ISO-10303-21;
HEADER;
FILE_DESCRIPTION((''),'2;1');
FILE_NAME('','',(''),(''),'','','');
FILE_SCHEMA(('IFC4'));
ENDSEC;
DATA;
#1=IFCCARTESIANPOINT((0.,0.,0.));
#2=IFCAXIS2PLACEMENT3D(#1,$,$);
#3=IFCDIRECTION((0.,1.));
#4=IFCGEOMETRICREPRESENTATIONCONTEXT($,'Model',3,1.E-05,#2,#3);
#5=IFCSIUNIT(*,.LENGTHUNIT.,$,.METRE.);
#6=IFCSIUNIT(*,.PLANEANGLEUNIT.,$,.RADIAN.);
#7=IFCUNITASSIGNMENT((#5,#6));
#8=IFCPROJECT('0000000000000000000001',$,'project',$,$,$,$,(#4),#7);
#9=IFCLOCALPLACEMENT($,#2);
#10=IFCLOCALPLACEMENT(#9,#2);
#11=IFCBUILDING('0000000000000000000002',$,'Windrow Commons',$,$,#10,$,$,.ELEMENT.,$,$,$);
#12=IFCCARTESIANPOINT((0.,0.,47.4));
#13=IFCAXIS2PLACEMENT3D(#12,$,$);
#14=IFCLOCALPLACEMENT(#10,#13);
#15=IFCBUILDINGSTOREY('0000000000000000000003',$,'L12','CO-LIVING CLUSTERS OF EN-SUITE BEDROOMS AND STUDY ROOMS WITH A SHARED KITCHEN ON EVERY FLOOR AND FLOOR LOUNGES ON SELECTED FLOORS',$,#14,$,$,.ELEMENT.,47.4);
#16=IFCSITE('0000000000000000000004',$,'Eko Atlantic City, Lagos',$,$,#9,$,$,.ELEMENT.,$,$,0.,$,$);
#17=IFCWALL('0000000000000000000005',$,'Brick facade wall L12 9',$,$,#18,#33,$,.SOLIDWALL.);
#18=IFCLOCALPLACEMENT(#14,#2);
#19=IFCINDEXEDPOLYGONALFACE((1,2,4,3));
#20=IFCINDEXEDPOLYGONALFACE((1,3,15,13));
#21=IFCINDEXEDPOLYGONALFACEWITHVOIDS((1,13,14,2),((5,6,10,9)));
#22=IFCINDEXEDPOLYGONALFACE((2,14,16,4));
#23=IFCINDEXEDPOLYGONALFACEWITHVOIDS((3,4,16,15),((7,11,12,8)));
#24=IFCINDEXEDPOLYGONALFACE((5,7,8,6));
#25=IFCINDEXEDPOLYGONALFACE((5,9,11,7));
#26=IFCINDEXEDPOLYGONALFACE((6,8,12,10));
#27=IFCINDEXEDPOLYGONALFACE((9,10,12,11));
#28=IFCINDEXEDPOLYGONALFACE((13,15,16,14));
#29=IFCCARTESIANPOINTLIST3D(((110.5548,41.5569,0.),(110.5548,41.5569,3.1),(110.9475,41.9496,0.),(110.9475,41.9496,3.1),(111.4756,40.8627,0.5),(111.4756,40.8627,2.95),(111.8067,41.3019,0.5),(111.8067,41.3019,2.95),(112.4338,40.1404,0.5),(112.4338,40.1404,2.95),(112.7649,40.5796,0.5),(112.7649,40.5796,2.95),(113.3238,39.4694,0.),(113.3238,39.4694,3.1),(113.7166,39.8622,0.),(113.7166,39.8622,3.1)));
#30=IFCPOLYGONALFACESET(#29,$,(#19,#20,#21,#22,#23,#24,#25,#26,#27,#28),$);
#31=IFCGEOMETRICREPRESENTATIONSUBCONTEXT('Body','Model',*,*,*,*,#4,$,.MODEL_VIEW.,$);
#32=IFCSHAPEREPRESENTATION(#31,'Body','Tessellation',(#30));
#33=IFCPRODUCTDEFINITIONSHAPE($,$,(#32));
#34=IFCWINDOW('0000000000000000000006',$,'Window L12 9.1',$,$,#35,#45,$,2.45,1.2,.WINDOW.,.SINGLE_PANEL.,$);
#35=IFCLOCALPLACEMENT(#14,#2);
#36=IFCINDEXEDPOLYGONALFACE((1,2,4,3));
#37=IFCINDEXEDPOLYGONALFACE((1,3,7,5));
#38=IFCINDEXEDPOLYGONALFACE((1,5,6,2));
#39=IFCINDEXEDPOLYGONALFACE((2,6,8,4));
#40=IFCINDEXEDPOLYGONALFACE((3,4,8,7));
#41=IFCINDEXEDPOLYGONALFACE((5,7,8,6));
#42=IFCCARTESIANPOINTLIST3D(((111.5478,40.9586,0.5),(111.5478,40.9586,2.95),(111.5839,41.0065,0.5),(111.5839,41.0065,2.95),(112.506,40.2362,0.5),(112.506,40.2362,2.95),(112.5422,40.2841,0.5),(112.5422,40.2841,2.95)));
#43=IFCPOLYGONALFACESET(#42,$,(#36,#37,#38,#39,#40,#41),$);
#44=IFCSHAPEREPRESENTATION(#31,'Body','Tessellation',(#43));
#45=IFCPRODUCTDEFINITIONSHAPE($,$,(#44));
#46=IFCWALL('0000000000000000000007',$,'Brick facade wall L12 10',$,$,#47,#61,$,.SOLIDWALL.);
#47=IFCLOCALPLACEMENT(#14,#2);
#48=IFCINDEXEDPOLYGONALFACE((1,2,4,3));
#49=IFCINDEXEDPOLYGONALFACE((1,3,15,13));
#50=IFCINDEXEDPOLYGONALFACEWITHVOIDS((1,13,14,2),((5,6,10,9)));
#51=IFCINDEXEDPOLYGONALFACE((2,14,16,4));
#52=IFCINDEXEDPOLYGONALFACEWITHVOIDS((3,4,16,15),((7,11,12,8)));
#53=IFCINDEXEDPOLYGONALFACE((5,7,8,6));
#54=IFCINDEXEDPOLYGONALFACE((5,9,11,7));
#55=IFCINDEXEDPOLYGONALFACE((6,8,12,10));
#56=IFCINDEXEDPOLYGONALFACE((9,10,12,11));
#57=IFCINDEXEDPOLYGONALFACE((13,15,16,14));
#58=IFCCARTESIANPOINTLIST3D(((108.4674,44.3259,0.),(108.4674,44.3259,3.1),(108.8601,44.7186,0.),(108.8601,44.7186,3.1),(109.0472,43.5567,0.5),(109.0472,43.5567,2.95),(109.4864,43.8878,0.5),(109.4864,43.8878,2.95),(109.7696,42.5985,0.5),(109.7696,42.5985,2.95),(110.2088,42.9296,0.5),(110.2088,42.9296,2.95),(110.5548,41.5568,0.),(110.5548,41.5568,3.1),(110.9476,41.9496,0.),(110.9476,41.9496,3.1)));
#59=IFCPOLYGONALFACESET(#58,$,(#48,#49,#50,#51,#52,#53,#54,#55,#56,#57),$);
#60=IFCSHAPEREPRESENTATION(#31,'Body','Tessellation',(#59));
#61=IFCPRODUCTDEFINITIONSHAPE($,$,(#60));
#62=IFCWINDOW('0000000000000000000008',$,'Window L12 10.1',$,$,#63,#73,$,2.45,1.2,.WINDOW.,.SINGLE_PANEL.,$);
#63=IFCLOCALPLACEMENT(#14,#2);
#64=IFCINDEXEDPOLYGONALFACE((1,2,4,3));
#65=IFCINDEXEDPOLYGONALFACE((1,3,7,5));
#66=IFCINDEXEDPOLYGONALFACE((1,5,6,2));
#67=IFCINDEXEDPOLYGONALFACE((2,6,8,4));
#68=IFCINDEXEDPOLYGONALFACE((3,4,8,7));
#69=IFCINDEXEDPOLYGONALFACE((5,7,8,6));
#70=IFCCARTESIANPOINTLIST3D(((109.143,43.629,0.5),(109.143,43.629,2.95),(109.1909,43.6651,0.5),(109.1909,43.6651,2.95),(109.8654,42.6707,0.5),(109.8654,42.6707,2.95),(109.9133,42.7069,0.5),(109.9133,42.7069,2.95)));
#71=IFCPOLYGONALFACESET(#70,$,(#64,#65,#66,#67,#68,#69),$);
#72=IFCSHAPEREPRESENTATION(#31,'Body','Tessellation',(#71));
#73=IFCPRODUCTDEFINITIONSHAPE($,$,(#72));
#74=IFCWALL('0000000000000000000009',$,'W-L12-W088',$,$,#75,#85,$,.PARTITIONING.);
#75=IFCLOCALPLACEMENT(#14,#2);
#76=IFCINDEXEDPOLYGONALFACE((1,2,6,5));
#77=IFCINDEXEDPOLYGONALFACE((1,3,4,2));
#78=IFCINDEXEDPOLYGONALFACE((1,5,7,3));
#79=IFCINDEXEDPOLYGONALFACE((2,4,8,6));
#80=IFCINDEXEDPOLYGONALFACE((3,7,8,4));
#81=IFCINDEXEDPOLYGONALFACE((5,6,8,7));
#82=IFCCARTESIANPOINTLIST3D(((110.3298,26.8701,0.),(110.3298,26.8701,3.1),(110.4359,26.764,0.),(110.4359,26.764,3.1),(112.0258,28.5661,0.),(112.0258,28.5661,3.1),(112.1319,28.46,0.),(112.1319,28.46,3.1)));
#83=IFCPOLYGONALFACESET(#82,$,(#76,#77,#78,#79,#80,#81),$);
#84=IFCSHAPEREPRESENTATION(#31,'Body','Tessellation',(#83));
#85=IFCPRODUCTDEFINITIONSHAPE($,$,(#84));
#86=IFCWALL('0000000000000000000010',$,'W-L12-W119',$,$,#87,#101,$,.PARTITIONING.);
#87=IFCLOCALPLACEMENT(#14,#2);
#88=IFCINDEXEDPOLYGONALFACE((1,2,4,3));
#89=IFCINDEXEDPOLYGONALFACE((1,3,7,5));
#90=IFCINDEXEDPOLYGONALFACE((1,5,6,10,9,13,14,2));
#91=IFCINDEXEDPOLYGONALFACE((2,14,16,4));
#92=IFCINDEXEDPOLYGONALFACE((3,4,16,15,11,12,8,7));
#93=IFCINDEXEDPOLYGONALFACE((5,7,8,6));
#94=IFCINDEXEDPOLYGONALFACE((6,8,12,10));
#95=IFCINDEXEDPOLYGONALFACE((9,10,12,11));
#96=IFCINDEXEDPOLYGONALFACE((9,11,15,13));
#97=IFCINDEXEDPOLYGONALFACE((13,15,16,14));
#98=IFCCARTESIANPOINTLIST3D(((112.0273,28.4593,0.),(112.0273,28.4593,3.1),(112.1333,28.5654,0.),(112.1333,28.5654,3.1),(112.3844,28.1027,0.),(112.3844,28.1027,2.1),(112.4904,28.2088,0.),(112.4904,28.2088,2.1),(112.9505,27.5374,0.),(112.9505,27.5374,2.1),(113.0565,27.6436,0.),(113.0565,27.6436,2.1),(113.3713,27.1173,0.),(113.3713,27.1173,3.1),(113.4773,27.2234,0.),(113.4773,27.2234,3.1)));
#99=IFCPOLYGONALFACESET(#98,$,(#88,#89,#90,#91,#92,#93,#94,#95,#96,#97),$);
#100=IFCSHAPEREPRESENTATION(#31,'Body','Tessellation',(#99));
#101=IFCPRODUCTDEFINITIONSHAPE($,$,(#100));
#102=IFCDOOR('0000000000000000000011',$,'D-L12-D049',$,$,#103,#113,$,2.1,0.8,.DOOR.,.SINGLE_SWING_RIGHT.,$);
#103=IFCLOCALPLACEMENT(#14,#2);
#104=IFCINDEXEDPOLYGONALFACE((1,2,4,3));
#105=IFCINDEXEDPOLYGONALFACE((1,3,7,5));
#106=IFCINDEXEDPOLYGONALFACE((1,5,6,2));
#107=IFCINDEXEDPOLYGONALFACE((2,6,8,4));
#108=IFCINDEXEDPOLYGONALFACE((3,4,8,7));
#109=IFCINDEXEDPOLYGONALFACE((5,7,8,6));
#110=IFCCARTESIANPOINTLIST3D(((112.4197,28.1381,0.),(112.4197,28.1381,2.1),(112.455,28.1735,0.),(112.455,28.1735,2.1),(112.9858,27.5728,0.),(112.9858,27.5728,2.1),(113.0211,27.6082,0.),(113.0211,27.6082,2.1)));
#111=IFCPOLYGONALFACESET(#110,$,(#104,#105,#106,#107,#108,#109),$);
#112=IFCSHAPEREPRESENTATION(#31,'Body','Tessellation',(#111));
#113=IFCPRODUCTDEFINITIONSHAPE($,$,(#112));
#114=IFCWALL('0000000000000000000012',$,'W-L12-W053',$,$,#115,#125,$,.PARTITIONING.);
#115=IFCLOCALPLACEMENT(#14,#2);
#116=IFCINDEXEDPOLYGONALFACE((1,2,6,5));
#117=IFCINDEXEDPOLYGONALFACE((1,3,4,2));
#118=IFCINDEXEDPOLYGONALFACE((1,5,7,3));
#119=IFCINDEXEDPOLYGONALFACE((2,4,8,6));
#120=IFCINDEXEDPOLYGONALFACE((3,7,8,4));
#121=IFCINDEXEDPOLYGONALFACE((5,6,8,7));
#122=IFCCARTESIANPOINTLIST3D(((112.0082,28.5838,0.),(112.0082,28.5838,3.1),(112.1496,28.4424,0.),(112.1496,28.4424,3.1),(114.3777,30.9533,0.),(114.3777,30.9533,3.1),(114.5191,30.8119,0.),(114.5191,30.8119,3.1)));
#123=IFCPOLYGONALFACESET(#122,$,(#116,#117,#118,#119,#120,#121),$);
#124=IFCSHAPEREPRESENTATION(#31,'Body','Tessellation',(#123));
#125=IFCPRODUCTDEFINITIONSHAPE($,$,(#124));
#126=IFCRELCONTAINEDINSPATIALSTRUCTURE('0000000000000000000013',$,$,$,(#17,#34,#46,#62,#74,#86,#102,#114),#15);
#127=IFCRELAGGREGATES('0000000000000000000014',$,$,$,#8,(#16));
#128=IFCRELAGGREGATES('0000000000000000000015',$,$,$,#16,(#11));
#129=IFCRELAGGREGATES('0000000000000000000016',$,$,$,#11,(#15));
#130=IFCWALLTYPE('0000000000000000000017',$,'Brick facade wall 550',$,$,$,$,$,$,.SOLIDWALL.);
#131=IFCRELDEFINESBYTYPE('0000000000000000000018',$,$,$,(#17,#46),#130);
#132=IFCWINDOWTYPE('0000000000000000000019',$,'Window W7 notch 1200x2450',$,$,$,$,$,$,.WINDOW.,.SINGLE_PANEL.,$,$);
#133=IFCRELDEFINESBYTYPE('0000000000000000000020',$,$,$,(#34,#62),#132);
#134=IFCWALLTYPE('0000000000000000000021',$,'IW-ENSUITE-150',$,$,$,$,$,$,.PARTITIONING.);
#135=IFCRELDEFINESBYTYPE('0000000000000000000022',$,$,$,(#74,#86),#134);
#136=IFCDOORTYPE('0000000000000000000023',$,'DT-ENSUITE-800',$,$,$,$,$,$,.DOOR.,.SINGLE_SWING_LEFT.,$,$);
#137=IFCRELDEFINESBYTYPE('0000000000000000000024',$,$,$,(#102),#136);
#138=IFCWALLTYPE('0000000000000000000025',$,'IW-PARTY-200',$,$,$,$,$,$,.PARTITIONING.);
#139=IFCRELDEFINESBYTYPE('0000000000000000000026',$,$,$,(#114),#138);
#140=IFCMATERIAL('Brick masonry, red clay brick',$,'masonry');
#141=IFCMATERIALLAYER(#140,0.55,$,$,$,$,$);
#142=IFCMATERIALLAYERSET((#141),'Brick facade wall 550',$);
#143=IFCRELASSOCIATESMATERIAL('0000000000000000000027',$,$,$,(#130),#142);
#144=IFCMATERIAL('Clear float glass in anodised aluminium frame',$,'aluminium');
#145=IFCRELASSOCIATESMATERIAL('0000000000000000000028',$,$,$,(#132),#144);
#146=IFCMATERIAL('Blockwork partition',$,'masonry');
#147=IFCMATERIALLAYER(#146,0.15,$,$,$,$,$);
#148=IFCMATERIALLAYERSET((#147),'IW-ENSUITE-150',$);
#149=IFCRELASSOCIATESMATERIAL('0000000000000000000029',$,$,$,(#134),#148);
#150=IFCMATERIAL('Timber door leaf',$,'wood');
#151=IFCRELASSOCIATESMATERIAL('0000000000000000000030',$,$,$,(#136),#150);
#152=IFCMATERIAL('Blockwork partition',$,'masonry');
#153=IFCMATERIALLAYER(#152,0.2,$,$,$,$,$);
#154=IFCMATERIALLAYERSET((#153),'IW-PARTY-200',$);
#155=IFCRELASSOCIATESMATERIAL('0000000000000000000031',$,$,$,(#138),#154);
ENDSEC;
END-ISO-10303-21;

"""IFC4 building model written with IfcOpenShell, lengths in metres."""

from ifc_helpers import new_model, si_unit, direction, frame, frame_2d, origin, place, context, subcontext, project, spatial, polyline, rectangle, outline, extrude, material, layer, layer_set, type_object, element, fill, save


model = new_model("IFC4")

# Units and contexts
model_context = context("Model", 3, precision=1e-05, world=origin(), true_north=direction((0.0, 1.0)))
body_context = subcontext(model_context, "Body", "Model", "MODEL_VIEW")
ifc_project = project(units=[si_unit("LENGTHUNIT", "METRE"), si_unit("PLANEANGLEUNIT", "RADIAN")], contexts=[model_context])

# Site, building, storey
site_placement = place(None, origin())
site = spatial("IfcSite", under=ifc_project, at=site_placement, Name="Eko Atlantic City, Lagos", CompositionType="ELEMENT", RefElevation=0.0)
building_placement = place(site_placement, origin())
building = spatial("IfcBuilding", under=site, at=building_placement, Name="Windrow Commons", CompositionType="ELEMENT")
storey_placement = place(building_placement, frame((0.0, 0.0, 47.4)))
storey = spatial("IfcBuildingStorey", under=building, at=storey_placement, Name="L12", Description="CO-LIVING CLUSTERS OF EN-SUITE BEDROOMS AND STUDY ROOMS WITH A SHARED KITCHEN ON EVERY FLOOR AND FLOOR LOUNGES ON SELECTED FLOORS", CompositionType="ELEMENT", Elevation=47.4)

# Walls, openings, windows
ifc_material_1 = material(Name="Brick masonry, red clay brick", Category="masonry")
ifc_layer_1 = layer(ifc_material_1, 0.55)
ifc_layer_set_1 = layer_set([ifc_layer_1], Name="Brick facade wall 550")
wall_type_1 = type_object("IfcWallType", Name="Brick facade wall 550", PredefinedType="SOLIDWALL", material=ifc_layer_set_1)
ifc_material_2 = material(Name="Clear float glass in anodised aluminium frame", Category="aluminium")
window_type_1 = type_object("IfcWindowType", Name="Window W7 notch 1200x2450", PartitioningType="SINGLE_PANEL", PredefinedType="WINDOW", material=ifc_material_2)
wall_1_placement = place(storey_placement, frame((113.5202, 39.6658, 0.0), z_axis=(0.0, 0.0, 1.0), x_axis=(-0.798523, 0.601964, 0.0)))
wall_1 = element("IfcWall", 1, at=wall_1_placement, inside=storey, type_object=wall_type_1, Name="Brick facade wall L12 9", PredefinedType="SOLIDWALL", context=body_context, shape_type="SweptSolid", body=[
    extrude(outline(polyline([(-0.0386, -0.275), (3.4291, -0.275), (3.5063, 0.275), (0.0386, 0.275), (-0.0386, -0.275)])), origin(), (0.0, 0.0, 1.0), 3.1),
])
opening_1_placement = place(wall_1_placement, frame((1.1532, 0.0, 0.5)))
opening_1 = element("IfcOpeningElement", 2, at=opening_1_placement, cuts=wall_1, PredefinedType="OPENING", context=body_context, shape_type="SweptSolid", body=[
    extrude(rectangle(XDim=1.2, YDim=2.45, at=frame_2d((0.6, 1.225))), frame((0.0, 0.285, 0.0), z_axis=(0.0, -1.0, 0.0), x_axis=(1.0, 0.0, 0.0)), (0.0, 0.0, 1.0), 0.57),
])
window_1_placement = place(opening_1_placement, origin())
window_1 = element("IfcWindow", 3, at=window_1_placement, inside=storey, type_object=window_type_1, Name="Window L12 9.1", OverallHeight=2.45, OverallWidth=1.2, PartitioningType="SINGLE_PANEL", PredefinedType="WINDOW", context=body_context, shape_type="SweptSolid", body=[
    extrude(rectangle(XDim=1.2, YDim=2.45, at=frame_2d((0.6, 1.225))), frame((0.0, 0.155, 0.0), z_axis=(0.0, -1.0, 0.0), x_axis=(1.0, 0.0, 0.0)), (0.0, 0.0, 1.0), 0.06),
])
fill(opening_1, window_1)
wall_2_placement = place(storey_placement, frame((110.7512, 41.7532, 0.0), z_axis=(0.0, 0.0, 1.0), x_axis=(-0.601968, 0.79852, 0.0)))
wall_2 = element("IfcWall", 4, at=wall_2_placement, inside=storey, type_object=wall_type_1, Name="Brick facade wall L12 10", PredefinedType="SOLIDWALL", context=body_context, shape_type="SweptSolid", body=[
    extrude(outline(polyline([(0.0386, -0.275), (3.5063, -0.275), (3.4291, 0.275), (-0.0386, 0.275), (0.0386, -0.275)])), origin(), (0.0, 0.0, 1.0), 3.1),
])
opening_2_placement = place(wall_2_placement, frame((1.2659, 0.0, 0.5)))
opening_2 = element("IfcOpeningElement", 5, at=opening_2_placement, cuts=wall_2, PredefinedType="OPENING", context=body_context, shape_type="SweptSolid", body=[
    extrude(rectangle(XDim=1.2, YDim=2.45, at=frame_2d((0.6, 1.225))), frame((0.0, 0.285, 0.0), z_axis=(0.0, -1.0, 0.0), x_axis=(1.0, 0.0, 0.0)), (0.0, 0.0, 1.0), 0.57),
])
window_2_placement = place(opening_2_placement, origin())
window_2 = element("IfcWindow", 6, at=window_2_placement, inside=storey, type_object=window_type_1, Name="Window L12 10.1", OverallHeight=2.45, OverallWidth=1.2, PartitioningType="SINGLE_PANEL", PredefinedType="WINDOW", context=body_context, shape_type="SweptSolid", body=[
    extrude(rectangle(XDim=1.2, YDim=2.45, at=frame_2d((0.6, 1.225))), frame((0.0, 0.155, 0.0), z_axis=(0.0, -1.0, 0.0), x_axis=(1.0, 0.0, 0.0)), (0.0, 0.0, 1.0), 0.06),
])
fill(opening_2, window_2)

# Wall
ifc_material_3 = material(Name="Blockwork partition", Category="masonry")
ifc_layer_2 = layer(ifc_material_3, 0.15)
ifc_layer_set_2 = layer_set([ifc_layer_2], Name="IW-ENSUITE-150")
wall_type_2 = type_object("IfcWallType", Name="IW-ENSUITE-150", PredefinedType="PARTITIONING", material=ifc_layer_set_2)
wall_3_placement = place(storey_placement, frame((110.3829, 26.8171, 0.0), z_axis=(0.0, 0.0, 1.0), x_axis=(0.707107, 0.707107, 0.0)))
element("IfcWall", 7, at=wall_3_placement, inside=storey, type_object=wall_type_2, Name="W-L12-W088", PredefinedType="PARTITIONING", context=body_context, shape_type="SweptSolid", body=[
    extrude(rectangle(XDim=2.3985, YDim=0.15, at=frame_2d((1.1992, 0.0))), origin(), (0.0, 0.0, 1.0), 3.1),
])

# Wall, opening, door
wall_4_placement = place(storey_placement, frame((112.0803, 28.5123, 0.0), z_axis=(0.0, 0.0, 1.0), x_axis=(0.707633, -0.70658, 0.0)))
wall_4 = element("IfcWall", 8, at=wall_4_placement, inside=storey, type_object=wall_type_2, Name="W-L12-W119", PredefinedType="PARTITIONING", context=body_context, shape_type="SweptSolid", body=[
    extrude(rectangle(XDim=1.8993, YDim=0.15, at=frame_2d((0.9496, 0.0))), origin(), (0.0, 0.0, 1.0), 3.1),
])
opening_3_placement = place(wall_4_placement, frame((0.5046, 0.0, 0.0)))
opening_3 = element("IfcOpeningElement", 9, at=opening_3_placement, cuts=wall_4, PredefinedType="OPENING", context=body_context, shape_type="SweptSolid", body=[
    extrude(rectangle(XDim=0.8, YDim=2.1, at=frame_2d((0.4, 1.05))), frame((0.0, 0.085, 0.0), z_axis=(0.0, -1.0, 0.0), x_axis=(1.0, 0.0, 0.0)), (0.0, 0.0, 1.0), 0.17),
])
ifc_material_4 = material(Name="Timber door leaf", Category="wood")
door_type = type_object("IfcDoorType", Name="DT-ENSUITE-800", OperationType="SINGLE_SWING_LEFT", PredefinedType="DOOR", material=ifc_material_4)
door_placement = place(opening_3_placement, origin())
door = element("IfcDoor", 10, at=door_placement, inside=storey, type_object=door_type, Name="D-L12-D049", OperationType="SINGLE_SWING_RIGHT", OverallHeight=2.1, OverallWidth=0.8, PredefinedType="DOOR", context=body_context, shape_type="SweptSolid", body=[
    extrude(rectangle(XDim=0.8, YDim=2.1, at=frame_2d((0.4, 1.05))), frame((0.0, 0.025, 0.0), z_axis=(0.0, -1.0, 0.0), x_axis=(1.0, 0.0, 0.0)), (0.0, 0.0, 1.0), 0.05),
])
fill(opening_3, door)

# Wall
ifc_material_5 = material(Name="Blockwork partition", Category="masonry")
ifc_layer_3 = layer(ifc_material_5, 0.2)
ifc_layer_set_3 = layer_set([ifc_layer_3], Name="IW-PARTY-200")
wall_type_3 = type_object("IfcWallType", Name="IW-PARTY-200", PredefinedType="PARTITIONING", material=ifc_layer_set_3)
wall_5_placement = place(storey_placement, frame((112.0789, 28.5131, 0.0), z_axis=(0.0, 0.0, 1.0), x_axis=(0.707107, 0.707107, 0.0)))
element("IfcWall", 11, at=wall_5_placement, inside=storey, type_object=wall_type_3, Name="W-L12-W053", PredefinedType="PARTITIONING", context=body_context, shape_type="SweptSolid", body=[
    extrude(rectangle(XDim=3.351, YDim=0.2, at=frame_2d((1.6755, 0.0))), origin(), (0.0, 0.0, 1.0), 3.1),
])

save(model, "model.ifc")
